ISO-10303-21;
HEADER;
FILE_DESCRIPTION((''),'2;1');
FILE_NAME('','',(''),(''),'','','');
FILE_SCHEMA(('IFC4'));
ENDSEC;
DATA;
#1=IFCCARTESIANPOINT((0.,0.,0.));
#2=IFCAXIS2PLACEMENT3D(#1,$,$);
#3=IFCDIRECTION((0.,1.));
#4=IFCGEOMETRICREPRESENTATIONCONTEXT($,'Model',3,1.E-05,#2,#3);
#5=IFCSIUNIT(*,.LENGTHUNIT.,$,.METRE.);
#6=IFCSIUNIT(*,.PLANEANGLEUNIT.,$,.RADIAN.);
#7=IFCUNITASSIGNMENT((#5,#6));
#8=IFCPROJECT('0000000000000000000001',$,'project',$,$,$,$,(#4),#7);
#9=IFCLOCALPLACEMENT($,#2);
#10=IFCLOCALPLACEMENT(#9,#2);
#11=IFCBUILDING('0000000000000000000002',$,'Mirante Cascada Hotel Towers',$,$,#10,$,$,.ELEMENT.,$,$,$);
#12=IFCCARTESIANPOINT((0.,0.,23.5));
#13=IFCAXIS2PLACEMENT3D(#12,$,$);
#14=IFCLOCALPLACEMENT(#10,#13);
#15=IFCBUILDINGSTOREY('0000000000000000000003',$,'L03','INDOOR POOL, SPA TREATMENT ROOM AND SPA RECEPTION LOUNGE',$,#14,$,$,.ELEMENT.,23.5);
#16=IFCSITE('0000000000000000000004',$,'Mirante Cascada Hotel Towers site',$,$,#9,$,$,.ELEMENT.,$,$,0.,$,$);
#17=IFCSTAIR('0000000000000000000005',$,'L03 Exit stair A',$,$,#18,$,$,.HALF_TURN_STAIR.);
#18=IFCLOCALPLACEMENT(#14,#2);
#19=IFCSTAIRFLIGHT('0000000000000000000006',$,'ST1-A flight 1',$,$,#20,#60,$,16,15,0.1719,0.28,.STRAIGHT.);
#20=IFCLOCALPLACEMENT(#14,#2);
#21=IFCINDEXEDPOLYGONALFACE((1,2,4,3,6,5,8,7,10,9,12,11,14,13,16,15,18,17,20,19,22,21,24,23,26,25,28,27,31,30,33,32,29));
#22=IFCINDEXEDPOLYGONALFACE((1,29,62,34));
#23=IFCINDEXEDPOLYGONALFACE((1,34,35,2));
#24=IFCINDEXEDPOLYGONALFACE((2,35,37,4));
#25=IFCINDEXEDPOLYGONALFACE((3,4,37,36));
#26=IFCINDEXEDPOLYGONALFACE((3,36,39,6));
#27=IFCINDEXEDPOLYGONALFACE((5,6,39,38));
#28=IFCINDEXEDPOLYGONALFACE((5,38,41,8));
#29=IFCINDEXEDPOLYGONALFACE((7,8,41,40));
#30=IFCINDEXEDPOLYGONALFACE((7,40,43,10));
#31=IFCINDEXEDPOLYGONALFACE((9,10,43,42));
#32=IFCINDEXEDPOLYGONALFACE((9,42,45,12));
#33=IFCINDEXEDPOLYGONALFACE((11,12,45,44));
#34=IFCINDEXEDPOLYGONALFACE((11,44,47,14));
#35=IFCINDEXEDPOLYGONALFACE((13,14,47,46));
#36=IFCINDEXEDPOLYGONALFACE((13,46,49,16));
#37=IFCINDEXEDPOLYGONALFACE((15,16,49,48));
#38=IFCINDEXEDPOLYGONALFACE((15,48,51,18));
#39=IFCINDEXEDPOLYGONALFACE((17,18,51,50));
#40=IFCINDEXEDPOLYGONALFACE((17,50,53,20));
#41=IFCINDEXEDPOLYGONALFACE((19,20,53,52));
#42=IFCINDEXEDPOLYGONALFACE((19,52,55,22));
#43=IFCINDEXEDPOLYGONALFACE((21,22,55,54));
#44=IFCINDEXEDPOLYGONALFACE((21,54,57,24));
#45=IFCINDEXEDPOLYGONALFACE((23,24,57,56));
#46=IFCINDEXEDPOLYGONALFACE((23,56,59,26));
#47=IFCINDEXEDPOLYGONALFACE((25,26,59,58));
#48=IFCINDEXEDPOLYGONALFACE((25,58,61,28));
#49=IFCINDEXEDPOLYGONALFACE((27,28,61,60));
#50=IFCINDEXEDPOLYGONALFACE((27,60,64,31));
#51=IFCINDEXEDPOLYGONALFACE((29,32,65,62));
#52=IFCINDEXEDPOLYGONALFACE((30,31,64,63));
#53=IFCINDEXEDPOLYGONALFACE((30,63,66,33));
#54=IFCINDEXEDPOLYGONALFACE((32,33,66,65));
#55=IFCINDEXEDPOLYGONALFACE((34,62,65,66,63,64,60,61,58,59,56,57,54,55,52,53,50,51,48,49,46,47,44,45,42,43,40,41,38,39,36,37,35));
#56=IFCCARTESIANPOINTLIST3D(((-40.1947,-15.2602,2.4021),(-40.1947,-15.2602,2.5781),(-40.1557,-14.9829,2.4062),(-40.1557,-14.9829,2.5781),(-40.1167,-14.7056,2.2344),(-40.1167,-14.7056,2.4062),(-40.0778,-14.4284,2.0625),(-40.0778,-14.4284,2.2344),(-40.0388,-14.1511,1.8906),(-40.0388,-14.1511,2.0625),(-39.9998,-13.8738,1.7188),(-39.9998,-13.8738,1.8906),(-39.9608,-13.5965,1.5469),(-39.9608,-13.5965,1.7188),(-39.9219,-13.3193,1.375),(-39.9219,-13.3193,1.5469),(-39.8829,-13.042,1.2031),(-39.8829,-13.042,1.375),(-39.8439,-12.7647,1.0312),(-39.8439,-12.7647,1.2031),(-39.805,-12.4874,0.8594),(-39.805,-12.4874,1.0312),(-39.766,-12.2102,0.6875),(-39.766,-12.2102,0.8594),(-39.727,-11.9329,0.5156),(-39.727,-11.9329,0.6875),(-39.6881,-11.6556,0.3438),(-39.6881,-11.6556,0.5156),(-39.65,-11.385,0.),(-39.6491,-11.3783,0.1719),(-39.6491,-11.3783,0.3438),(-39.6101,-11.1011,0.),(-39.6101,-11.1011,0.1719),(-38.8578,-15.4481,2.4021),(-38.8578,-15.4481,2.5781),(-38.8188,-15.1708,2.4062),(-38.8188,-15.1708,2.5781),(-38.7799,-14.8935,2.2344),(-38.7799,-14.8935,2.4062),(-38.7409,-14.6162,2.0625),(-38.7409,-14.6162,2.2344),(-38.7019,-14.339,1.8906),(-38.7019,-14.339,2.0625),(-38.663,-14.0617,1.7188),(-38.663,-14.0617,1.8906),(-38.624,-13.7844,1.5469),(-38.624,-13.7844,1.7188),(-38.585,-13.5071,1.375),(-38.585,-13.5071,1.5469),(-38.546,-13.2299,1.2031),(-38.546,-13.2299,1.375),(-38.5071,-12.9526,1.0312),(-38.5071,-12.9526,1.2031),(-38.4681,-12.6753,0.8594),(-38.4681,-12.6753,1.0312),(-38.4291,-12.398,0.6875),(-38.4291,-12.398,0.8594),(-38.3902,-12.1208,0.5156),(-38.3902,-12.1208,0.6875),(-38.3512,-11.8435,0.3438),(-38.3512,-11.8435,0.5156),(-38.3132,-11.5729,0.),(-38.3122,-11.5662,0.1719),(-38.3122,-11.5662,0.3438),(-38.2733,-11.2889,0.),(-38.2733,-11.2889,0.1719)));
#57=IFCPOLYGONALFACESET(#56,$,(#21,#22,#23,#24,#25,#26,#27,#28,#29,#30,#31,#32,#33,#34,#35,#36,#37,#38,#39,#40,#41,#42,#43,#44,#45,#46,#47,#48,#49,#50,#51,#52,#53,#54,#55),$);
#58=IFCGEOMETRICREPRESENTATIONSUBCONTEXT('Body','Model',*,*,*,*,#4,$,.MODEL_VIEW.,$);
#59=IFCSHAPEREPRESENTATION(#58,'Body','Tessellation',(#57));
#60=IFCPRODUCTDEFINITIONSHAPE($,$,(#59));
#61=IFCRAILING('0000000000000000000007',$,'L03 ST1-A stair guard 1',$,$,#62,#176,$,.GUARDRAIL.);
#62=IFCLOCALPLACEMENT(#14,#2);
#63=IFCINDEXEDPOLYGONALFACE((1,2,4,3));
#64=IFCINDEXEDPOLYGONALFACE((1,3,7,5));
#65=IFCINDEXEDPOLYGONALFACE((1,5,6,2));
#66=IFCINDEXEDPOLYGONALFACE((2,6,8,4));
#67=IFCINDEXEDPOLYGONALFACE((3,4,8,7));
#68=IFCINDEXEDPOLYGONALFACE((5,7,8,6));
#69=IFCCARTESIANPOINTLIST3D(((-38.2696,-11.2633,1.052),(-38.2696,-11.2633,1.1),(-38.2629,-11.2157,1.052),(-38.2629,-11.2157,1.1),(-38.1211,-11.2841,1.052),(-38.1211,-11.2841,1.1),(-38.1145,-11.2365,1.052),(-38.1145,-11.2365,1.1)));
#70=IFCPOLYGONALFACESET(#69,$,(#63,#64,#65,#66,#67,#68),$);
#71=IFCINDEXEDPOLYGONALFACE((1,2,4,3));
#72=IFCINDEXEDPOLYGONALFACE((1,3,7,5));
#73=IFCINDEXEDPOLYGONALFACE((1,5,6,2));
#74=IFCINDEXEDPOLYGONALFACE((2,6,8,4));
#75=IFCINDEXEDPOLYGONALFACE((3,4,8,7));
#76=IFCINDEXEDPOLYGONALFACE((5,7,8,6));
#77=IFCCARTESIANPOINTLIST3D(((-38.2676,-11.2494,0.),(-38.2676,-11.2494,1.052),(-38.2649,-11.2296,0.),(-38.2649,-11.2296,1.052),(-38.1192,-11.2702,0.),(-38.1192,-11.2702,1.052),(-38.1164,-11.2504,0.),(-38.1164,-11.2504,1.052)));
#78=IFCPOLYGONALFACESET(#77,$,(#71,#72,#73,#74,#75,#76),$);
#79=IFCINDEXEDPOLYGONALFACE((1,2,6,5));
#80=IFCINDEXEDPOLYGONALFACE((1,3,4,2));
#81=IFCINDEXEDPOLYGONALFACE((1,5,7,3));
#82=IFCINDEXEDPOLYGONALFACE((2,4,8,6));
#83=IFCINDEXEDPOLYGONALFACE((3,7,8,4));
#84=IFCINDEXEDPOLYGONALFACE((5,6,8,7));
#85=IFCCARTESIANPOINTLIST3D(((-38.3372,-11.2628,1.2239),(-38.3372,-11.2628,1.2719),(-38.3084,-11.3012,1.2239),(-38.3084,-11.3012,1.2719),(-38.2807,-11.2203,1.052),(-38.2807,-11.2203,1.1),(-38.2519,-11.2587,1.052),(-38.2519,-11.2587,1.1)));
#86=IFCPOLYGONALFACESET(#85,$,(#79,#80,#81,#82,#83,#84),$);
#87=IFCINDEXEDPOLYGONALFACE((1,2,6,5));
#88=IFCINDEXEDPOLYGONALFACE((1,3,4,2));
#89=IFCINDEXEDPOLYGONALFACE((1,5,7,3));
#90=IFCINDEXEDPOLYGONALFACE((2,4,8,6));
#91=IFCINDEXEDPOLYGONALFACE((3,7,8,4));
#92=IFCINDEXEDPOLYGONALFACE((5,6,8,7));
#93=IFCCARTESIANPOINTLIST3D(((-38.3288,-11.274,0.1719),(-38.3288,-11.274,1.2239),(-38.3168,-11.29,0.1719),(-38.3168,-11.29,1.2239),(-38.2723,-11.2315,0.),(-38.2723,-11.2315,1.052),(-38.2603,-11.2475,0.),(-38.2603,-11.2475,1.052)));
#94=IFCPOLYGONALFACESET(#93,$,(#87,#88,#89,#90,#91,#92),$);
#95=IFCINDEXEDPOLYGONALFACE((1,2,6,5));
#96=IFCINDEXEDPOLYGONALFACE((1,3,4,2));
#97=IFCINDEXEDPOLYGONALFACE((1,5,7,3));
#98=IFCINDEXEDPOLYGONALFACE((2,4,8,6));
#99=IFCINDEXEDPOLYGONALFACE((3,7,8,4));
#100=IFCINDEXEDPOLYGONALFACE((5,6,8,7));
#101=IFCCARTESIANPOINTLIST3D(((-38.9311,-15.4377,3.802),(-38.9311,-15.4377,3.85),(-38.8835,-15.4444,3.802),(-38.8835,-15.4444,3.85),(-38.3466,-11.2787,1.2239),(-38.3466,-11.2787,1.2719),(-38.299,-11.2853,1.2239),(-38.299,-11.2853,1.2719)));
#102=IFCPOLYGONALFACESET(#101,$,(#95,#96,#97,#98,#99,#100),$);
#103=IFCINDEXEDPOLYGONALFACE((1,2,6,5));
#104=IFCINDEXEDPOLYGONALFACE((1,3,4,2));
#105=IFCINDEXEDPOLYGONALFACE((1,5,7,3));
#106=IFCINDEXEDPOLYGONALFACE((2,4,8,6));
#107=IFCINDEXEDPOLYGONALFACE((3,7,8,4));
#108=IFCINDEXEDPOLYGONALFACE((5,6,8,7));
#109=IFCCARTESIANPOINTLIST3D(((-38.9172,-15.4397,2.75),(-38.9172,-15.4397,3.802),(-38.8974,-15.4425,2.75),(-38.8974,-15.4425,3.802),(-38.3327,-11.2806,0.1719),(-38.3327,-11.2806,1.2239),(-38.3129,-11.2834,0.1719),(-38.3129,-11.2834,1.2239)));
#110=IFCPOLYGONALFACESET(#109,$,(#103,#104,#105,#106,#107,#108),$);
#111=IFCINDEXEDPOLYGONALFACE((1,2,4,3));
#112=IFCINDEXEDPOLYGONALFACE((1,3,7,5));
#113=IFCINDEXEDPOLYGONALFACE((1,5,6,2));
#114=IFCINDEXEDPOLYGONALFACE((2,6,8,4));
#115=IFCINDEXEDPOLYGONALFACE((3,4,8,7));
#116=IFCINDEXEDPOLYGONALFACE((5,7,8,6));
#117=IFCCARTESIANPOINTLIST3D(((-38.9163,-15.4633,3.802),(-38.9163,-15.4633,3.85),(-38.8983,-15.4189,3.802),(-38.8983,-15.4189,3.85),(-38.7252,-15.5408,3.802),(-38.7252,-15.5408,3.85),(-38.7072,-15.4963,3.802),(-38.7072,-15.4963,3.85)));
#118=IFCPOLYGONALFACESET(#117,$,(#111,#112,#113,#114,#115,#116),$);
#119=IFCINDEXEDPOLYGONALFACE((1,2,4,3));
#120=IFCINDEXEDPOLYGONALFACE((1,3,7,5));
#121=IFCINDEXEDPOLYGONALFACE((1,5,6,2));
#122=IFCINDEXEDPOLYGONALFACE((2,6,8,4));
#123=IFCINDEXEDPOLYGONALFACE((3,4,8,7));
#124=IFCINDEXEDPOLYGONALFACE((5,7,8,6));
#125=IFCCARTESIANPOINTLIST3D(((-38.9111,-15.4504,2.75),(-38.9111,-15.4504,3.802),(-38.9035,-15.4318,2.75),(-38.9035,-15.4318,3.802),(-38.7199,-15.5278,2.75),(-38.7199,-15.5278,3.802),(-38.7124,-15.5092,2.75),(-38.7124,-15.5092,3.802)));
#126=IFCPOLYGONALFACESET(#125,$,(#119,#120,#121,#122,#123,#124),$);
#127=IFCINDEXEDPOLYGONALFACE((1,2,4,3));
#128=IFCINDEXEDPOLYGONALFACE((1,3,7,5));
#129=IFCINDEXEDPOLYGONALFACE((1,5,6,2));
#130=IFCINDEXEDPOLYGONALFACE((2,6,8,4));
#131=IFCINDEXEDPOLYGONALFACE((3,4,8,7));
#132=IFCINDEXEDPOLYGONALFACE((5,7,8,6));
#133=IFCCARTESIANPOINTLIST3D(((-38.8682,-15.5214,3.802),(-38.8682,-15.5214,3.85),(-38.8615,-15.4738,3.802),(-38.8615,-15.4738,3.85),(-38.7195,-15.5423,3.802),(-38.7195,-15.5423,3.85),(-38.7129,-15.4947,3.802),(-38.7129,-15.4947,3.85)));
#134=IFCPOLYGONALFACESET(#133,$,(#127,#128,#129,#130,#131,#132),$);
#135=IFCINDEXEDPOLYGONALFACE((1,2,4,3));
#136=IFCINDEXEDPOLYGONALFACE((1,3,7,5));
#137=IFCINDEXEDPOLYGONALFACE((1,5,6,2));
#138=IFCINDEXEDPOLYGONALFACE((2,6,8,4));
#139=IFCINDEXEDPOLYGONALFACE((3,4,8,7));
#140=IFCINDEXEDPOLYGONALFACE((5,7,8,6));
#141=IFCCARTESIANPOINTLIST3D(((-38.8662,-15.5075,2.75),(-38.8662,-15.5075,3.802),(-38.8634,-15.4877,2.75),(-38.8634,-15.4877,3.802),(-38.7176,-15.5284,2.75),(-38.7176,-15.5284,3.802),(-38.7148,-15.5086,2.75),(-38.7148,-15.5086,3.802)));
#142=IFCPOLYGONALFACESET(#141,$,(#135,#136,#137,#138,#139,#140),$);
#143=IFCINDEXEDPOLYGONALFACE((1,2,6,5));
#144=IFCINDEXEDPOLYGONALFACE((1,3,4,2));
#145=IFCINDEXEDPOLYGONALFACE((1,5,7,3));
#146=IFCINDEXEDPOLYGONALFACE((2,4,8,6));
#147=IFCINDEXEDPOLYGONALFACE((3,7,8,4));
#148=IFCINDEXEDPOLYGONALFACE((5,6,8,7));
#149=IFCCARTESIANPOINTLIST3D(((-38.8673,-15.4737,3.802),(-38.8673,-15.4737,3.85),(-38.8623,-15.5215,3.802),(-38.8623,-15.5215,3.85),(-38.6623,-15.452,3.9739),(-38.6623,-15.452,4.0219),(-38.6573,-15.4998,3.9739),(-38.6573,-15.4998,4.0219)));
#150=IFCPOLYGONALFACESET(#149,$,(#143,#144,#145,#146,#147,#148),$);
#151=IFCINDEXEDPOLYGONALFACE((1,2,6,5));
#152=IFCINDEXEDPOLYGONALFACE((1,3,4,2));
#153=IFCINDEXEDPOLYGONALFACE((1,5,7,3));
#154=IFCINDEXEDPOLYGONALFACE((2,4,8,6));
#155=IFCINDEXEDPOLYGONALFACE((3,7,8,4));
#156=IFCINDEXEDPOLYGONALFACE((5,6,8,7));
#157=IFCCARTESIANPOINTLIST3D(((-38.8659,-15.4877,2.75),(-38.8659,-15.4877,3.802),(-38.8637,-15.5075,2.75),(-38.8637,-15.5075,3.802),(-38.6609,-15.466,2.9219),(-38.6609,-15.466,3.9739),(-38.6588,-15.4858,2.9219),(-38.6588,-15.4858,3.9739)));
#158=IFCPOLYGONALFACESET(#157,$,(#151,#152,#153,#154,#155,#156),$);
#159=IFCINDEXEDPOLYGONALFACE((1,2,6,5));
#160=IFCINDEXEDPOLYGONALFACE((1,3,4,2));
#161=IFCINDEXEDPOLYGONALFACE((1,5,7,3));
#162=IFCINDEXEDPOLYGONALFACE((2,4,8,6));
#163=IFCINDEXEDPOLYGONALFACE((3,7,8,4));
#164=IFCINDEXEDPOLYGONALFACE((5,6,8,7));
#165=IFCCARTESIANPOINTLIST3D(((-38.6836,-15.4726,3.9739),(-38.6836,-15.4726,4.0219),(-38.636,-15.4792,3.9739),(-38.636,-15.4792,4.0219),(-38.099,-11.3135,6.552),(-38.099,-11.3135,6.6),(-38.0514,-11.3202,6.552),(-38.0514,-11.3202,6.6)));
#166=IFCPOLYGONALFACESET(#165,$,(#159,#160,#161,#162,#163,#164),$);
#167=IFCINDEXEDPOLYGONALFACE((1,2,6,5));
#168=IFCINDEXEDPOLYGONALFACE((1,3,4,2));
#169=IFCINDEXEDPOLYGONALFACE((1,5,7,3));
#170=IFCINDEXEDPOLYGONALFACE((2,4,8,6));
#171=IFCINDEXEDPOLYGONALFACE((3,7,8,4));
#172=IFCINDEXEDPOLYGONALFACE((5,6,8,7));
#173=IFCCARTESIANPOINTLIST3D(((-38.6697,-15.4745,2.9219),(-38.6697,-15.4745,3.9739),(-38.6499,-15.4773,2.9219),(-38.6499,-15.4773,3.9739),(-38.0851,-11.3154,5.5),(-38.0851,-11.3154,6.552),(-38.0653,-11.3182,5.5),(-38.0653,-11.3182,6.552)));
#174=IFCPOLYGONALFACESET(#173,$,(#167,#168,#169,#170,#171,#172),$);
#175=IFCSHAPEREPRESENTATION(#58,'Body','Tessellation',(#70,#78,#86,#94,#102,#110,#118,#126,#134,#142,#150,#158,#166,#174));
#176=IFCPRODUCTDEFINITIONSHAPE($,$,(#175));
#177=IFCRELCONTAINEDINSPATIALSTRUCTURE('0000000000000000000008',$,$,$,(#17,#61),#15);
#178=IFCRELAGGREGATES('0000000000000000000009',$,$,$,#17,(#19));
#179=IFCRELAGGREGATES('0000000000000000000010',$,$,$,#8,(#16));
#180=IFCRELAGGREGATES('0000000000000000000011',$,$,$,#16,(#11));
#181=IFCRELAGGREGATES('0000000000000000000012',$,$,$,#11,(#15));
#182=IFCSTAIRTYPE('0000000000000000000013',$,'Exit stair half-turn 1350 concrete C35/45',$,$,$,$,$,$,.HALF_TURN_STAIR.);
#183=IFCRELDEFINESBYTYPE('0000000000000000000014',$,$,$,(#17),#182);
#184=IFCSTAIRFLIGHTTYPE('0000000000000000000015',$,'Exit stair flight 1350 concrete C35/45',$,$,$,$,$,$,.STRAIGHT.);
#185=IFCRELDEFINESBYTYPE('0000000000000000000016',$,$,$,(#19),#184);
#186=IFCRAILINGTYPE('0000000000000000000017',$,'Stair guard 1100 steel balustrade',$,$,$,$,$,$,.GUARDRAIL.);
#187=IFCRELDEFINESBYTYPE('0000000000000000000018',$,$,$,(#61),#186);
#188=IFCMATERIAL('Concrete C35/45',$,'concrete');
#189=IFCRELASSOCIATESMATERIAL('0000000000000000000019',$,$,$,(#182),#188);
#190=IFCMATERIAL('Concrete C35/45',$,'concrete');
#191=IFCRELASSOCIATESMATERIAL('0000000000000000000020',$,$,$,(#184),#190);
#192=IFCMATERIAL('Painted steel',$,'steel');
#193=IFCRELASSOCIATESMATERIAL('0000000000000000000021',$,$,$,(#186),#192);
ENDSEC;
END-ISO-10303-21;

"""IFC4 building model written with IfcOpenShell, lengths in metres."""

from ifc_helpers import new_model, si_unit, direction, frame, origin, origin_2d, place, context, subcontext, project, spatial, polyline, rectangle, outline, extrude, material, type_object, element, aggregate, save


model = new_model("IFC4")

# Units and contexts
model_context = context("Model", 3, precision=1e-05, world=origin(), true_north=direction((0.0, 1.0)))
body_context = subcontext(model_context, "Body", "Model", "MODEL_VIEW")
ifc_project = project(units=[si_unit("LENGTHUNIT", "METRE"), si_unit("PLANEANGLEUNIT", "RADIAN")], contexts=[model_context])

# Site, building, storey
site_placement = place(None, origin())
site = spatial("IfcSite", under=ifc_project, at=site_placement, Name="Mirante Cascada Hotel Towers site", CompositionType="ELEMENT", RefElevation=0.0)
building_placement = place(site_placement, origin())
building = spatial("IfcBuilding", under=site, at=building_placement, Name="Mirante Cascada Hotel Towers", CompositionType="ELEMENT")
storey_placement = place(building_placement, frame((0.0, 0.0, 23.5)))
storey = spatial("IfcBuildingStorey", under=building, at=storey_placement, Name="L03", Description="INDOOR POOL, SPA TREATMENT ROOM AND SPA RECEPTION LOUNGE", CompositionType="ELEMENT", Elevation=23.5)

# Stair, stair flight
ifc_material_1 = material(Name="Concrete C35/45", Category="concrete")
stair_type = type_object("IfcStairType", Name="Exit stair half-turn 1350 concrete C35/45", PredefinedType="HALF_TURN_STAIR", material=ifc_material_1)
stair_placement = place(storey_placement, origin())
stair = element("IfcStair", 1, at=stair_placement, inside=storey, type_object=stair_type, Name="L03 Exit stair A", PredefinedType="HALF_TURN_STAIR")
ifc_material_2 = material(Name="Concrete C35/45", Category="concrete")
stair_flight_type = type_object("IfcStairFlightType", Name="Exit stair flight 1350 concrete C35/45", PredefinedType="STRAIGHT", material=ifc_material_2)
stair_flight_placement = place(storey_placement, frame((-38.9417, -11.195, 0.0), z_axis=(0.0, 0.0, 1.0), x_axis=(-0.139173, -0.990268, 0.0)))
stair_flight = element("IfcStairFlight", 2, at=stair_flight_placement, type_object=stair_flight_type, Name="ST1-A flight 1", NumberOfRisers=16, NumberOfTreads=15, PredefinedType="STRAIGHT", RiserHeight=0.1719, TreadLength=0.28, context=body_context, shape_type="SweptSolid", body=[
    extrude(outline(polyline([(0.0, 0.0), (0.0, 0.1719), (0.28, 0.1719), (0.28, 0.3438), (0.56, 0.3438), (0.56, 0.5156), (0.84, 0.5156), (0.84, 0.6875), (1.12, 0.6875), (1.12, 0.8594), (1.4, 0.8594), (1.4, 1.0312), (1.68, 1.0312), (1.68, 1.2031), (1.96, 1.2031), (1.96, 1.375), (2.24, 1.375), (2.24, 1.5469), (2.52, 1.5469), (2.52, 1.7188), (2.8, 1.7188), (2.8, 1.8906), (3.08, 1.8906), (3.08, 2.0625), (3.36, 2.0625), (3.36, 2.2344), (3.64, 2.2344), (3.64, 2.4062), (3.92, 2.4062), (3.92, 2.5781), (4.2, 2.5781), (4.2, 2.75), (4.2, 2.4021), (0.2867, 0.0), (0.0, 0.0)])), frame((0.0, 0.675, 0.0), z_axis=(0.0, -1.0, 0.0), x_axis=(1.0, 0.0, 0.0)), (0.0, 0.0, 1.0), 1.35),
])
aggregate(stair, [stair_flight])

# Railing
ifc_material_3 = material(Name="Painted steel", Category="steel")
railing_type_1 = type_object("IfcRailingType", Name="Stair guard 1100 steel balustrade", PredefinedType="GUARDRAIL", material=ifc_material_3)
railing_1_placement = place(storey_placement, frame((-38.1178, -11.2603, 0.0)))
element("IfcRailing", 3, at=railing_1_placement, inside=storey, type_object=railing_type_1, Name="L03 ST1-A stair guard 1", PredefinedType="GUARDRAIL", context=body_context, shape_type="SweptSolid", body=[
    extrude(rectangle(XDim=0.048, YDim=0.048, at=origin_2d()), frame((0.0, 0.0, 1.076), z_axis=(-0.990333, 0.138713, 0.0), x_axis=(-0.138713, -0.990333, 0.0)), (0.0, 0.0, 1.0), 0.1499),
    extrude(rectangle(XDim=0.02, YDim=1.052, at=origin_2d()), frame((0.0, 0.0, 0.526), z_axis=(-0.990333, 0.138713, 0.0), x_axis=(-0.138713, -0.990333, 0.0)), (0.0, 0.0, 1.0), 0.1499),
    extrude(rectangle(XDim=0.048, YDim=0.048, at=origin_2d()), frame((-0.1485, 0.0208, 1.076), z_axis=(-0.79915, -0.601131, 0.0), x_axis=(0.601131, -0.79915, 0.0)), (0.0, 0.924834, 0.380371), 0.1859),
    extrude(rectangle(XDim=0.02, YDim=1.052, at=origin_2d()), frame((-0.1485, 0.0208, 0.526), z_axis=(-0.79915, -0.601131, 0.0), x_axis=(0.601131, -0.79915, 0.0)), (0.0, 0.924834, 0.380371), 0.1859),
    extrude(rectangle(XDim=0.048, YDim=0.048, at=origin_2d()), frame((-0.205, -0.0217, 1.2479), z_axis=(-0.139168, -0.990269, 0.0), x_axis=(0.990269, -0.139168, 0.0)), (0.0, 0.523141, 0.852246), 4.9281),
    extrude(rectangle(XDim=0.02, YDim=1.052, at=origin_2d()), frame((-0.205, -0.0217, 0.6979), z_axis=(-0.139168, -0.990269, 0.0), x_axis=(0.990269, -0.139168, 0.0)), (0.0, 0.523141, 0.852246), 4.9281),
    extrude(rectangle(XDim=0.048, YDim=0.048, at=origin_2d()), frame((-0.7895, -4.1808, 3.826), z_axis=(0.926862, -0.375401, 0.0), x_axis=(0.375401, 0.926862, 0.0)), (0.0, 0.0, 1.0), 0.2062),
    extrude(rectangle(XDim=0.02, YDim=1.052, at=origin_2d()), frame((-0.7895, -4.1808, 3.276), z_axis=(0.926862, -0.375401, 0.0), x_axis=(0.375401, 0.926862, 0.0)), (0.0, 0.0, 1.0), 0.2062),
    extrude(rectangle(XDim=0.048, YDim=0.048, at=origin_2d()), frame((-0.5984, -4.2582, 3.826), z_axis=(-0.990254, 0.139275, 0.0), x_axis=(-0.139275, -0.990254, 0.0)), (0.0, 0.0, 1.0), 0.1501),
    extrude(rectangle(XDim=0.02, YDim=1.052, at=origin_2d()), frame((-0.5984, -4.2582, 3.276), z_axis=(-0.990254, 0.139275, 0.0), x_axis=(-0.139275, -0.990254, 0.0)), (0.0, 0.0, 1.0), 0.1501),
    extrude(rectangle(XDim=0.048, YDim=0.048, at=origin_2d()), frame((-0.747, -4.2373, 3.826), z_axis=(0.994444, 0.105266, 0.0), x_axis=(-0.105266, 0.994444, 0.0)), (0.0, 0.640431, 0.768016), 0.2684),
    extrude(rectangle(XDim=0.02, YDim=1.052, at=origin_2d()), frame((-0.747, -4.2373, 3.276), z_axis=(0.994444, 0.105266, 0.0), x_axis=(-0.105266, 0.994444, 0.0)), (0.0, 0.640431, 0.768016), 0.2684),
    extrude(rectangle(XDim=0.048, YDim=0.048, at=origin_2d()), frame((-0.542, -4.2156, 3.9979), z_axis=(0.139191, 0.990266, 0.0), x_axis=(-0.990266, 0.139191, 0.0)), (0.0, 0.52314, 0.852247), 4.9281),
    extrude(rectangle(XDim=0.02, YDim=1.052, at=origin_2d()), frame((-0.542, -4.2156, 3.4479), z_axis=(0.139191, 0.990266, 0.0), x_axis=(-0.990266, 0.139191, 0.0)), (0.0, 0.52314, 0.852247), 4.9281),
])

save(model, "model.ifc")
